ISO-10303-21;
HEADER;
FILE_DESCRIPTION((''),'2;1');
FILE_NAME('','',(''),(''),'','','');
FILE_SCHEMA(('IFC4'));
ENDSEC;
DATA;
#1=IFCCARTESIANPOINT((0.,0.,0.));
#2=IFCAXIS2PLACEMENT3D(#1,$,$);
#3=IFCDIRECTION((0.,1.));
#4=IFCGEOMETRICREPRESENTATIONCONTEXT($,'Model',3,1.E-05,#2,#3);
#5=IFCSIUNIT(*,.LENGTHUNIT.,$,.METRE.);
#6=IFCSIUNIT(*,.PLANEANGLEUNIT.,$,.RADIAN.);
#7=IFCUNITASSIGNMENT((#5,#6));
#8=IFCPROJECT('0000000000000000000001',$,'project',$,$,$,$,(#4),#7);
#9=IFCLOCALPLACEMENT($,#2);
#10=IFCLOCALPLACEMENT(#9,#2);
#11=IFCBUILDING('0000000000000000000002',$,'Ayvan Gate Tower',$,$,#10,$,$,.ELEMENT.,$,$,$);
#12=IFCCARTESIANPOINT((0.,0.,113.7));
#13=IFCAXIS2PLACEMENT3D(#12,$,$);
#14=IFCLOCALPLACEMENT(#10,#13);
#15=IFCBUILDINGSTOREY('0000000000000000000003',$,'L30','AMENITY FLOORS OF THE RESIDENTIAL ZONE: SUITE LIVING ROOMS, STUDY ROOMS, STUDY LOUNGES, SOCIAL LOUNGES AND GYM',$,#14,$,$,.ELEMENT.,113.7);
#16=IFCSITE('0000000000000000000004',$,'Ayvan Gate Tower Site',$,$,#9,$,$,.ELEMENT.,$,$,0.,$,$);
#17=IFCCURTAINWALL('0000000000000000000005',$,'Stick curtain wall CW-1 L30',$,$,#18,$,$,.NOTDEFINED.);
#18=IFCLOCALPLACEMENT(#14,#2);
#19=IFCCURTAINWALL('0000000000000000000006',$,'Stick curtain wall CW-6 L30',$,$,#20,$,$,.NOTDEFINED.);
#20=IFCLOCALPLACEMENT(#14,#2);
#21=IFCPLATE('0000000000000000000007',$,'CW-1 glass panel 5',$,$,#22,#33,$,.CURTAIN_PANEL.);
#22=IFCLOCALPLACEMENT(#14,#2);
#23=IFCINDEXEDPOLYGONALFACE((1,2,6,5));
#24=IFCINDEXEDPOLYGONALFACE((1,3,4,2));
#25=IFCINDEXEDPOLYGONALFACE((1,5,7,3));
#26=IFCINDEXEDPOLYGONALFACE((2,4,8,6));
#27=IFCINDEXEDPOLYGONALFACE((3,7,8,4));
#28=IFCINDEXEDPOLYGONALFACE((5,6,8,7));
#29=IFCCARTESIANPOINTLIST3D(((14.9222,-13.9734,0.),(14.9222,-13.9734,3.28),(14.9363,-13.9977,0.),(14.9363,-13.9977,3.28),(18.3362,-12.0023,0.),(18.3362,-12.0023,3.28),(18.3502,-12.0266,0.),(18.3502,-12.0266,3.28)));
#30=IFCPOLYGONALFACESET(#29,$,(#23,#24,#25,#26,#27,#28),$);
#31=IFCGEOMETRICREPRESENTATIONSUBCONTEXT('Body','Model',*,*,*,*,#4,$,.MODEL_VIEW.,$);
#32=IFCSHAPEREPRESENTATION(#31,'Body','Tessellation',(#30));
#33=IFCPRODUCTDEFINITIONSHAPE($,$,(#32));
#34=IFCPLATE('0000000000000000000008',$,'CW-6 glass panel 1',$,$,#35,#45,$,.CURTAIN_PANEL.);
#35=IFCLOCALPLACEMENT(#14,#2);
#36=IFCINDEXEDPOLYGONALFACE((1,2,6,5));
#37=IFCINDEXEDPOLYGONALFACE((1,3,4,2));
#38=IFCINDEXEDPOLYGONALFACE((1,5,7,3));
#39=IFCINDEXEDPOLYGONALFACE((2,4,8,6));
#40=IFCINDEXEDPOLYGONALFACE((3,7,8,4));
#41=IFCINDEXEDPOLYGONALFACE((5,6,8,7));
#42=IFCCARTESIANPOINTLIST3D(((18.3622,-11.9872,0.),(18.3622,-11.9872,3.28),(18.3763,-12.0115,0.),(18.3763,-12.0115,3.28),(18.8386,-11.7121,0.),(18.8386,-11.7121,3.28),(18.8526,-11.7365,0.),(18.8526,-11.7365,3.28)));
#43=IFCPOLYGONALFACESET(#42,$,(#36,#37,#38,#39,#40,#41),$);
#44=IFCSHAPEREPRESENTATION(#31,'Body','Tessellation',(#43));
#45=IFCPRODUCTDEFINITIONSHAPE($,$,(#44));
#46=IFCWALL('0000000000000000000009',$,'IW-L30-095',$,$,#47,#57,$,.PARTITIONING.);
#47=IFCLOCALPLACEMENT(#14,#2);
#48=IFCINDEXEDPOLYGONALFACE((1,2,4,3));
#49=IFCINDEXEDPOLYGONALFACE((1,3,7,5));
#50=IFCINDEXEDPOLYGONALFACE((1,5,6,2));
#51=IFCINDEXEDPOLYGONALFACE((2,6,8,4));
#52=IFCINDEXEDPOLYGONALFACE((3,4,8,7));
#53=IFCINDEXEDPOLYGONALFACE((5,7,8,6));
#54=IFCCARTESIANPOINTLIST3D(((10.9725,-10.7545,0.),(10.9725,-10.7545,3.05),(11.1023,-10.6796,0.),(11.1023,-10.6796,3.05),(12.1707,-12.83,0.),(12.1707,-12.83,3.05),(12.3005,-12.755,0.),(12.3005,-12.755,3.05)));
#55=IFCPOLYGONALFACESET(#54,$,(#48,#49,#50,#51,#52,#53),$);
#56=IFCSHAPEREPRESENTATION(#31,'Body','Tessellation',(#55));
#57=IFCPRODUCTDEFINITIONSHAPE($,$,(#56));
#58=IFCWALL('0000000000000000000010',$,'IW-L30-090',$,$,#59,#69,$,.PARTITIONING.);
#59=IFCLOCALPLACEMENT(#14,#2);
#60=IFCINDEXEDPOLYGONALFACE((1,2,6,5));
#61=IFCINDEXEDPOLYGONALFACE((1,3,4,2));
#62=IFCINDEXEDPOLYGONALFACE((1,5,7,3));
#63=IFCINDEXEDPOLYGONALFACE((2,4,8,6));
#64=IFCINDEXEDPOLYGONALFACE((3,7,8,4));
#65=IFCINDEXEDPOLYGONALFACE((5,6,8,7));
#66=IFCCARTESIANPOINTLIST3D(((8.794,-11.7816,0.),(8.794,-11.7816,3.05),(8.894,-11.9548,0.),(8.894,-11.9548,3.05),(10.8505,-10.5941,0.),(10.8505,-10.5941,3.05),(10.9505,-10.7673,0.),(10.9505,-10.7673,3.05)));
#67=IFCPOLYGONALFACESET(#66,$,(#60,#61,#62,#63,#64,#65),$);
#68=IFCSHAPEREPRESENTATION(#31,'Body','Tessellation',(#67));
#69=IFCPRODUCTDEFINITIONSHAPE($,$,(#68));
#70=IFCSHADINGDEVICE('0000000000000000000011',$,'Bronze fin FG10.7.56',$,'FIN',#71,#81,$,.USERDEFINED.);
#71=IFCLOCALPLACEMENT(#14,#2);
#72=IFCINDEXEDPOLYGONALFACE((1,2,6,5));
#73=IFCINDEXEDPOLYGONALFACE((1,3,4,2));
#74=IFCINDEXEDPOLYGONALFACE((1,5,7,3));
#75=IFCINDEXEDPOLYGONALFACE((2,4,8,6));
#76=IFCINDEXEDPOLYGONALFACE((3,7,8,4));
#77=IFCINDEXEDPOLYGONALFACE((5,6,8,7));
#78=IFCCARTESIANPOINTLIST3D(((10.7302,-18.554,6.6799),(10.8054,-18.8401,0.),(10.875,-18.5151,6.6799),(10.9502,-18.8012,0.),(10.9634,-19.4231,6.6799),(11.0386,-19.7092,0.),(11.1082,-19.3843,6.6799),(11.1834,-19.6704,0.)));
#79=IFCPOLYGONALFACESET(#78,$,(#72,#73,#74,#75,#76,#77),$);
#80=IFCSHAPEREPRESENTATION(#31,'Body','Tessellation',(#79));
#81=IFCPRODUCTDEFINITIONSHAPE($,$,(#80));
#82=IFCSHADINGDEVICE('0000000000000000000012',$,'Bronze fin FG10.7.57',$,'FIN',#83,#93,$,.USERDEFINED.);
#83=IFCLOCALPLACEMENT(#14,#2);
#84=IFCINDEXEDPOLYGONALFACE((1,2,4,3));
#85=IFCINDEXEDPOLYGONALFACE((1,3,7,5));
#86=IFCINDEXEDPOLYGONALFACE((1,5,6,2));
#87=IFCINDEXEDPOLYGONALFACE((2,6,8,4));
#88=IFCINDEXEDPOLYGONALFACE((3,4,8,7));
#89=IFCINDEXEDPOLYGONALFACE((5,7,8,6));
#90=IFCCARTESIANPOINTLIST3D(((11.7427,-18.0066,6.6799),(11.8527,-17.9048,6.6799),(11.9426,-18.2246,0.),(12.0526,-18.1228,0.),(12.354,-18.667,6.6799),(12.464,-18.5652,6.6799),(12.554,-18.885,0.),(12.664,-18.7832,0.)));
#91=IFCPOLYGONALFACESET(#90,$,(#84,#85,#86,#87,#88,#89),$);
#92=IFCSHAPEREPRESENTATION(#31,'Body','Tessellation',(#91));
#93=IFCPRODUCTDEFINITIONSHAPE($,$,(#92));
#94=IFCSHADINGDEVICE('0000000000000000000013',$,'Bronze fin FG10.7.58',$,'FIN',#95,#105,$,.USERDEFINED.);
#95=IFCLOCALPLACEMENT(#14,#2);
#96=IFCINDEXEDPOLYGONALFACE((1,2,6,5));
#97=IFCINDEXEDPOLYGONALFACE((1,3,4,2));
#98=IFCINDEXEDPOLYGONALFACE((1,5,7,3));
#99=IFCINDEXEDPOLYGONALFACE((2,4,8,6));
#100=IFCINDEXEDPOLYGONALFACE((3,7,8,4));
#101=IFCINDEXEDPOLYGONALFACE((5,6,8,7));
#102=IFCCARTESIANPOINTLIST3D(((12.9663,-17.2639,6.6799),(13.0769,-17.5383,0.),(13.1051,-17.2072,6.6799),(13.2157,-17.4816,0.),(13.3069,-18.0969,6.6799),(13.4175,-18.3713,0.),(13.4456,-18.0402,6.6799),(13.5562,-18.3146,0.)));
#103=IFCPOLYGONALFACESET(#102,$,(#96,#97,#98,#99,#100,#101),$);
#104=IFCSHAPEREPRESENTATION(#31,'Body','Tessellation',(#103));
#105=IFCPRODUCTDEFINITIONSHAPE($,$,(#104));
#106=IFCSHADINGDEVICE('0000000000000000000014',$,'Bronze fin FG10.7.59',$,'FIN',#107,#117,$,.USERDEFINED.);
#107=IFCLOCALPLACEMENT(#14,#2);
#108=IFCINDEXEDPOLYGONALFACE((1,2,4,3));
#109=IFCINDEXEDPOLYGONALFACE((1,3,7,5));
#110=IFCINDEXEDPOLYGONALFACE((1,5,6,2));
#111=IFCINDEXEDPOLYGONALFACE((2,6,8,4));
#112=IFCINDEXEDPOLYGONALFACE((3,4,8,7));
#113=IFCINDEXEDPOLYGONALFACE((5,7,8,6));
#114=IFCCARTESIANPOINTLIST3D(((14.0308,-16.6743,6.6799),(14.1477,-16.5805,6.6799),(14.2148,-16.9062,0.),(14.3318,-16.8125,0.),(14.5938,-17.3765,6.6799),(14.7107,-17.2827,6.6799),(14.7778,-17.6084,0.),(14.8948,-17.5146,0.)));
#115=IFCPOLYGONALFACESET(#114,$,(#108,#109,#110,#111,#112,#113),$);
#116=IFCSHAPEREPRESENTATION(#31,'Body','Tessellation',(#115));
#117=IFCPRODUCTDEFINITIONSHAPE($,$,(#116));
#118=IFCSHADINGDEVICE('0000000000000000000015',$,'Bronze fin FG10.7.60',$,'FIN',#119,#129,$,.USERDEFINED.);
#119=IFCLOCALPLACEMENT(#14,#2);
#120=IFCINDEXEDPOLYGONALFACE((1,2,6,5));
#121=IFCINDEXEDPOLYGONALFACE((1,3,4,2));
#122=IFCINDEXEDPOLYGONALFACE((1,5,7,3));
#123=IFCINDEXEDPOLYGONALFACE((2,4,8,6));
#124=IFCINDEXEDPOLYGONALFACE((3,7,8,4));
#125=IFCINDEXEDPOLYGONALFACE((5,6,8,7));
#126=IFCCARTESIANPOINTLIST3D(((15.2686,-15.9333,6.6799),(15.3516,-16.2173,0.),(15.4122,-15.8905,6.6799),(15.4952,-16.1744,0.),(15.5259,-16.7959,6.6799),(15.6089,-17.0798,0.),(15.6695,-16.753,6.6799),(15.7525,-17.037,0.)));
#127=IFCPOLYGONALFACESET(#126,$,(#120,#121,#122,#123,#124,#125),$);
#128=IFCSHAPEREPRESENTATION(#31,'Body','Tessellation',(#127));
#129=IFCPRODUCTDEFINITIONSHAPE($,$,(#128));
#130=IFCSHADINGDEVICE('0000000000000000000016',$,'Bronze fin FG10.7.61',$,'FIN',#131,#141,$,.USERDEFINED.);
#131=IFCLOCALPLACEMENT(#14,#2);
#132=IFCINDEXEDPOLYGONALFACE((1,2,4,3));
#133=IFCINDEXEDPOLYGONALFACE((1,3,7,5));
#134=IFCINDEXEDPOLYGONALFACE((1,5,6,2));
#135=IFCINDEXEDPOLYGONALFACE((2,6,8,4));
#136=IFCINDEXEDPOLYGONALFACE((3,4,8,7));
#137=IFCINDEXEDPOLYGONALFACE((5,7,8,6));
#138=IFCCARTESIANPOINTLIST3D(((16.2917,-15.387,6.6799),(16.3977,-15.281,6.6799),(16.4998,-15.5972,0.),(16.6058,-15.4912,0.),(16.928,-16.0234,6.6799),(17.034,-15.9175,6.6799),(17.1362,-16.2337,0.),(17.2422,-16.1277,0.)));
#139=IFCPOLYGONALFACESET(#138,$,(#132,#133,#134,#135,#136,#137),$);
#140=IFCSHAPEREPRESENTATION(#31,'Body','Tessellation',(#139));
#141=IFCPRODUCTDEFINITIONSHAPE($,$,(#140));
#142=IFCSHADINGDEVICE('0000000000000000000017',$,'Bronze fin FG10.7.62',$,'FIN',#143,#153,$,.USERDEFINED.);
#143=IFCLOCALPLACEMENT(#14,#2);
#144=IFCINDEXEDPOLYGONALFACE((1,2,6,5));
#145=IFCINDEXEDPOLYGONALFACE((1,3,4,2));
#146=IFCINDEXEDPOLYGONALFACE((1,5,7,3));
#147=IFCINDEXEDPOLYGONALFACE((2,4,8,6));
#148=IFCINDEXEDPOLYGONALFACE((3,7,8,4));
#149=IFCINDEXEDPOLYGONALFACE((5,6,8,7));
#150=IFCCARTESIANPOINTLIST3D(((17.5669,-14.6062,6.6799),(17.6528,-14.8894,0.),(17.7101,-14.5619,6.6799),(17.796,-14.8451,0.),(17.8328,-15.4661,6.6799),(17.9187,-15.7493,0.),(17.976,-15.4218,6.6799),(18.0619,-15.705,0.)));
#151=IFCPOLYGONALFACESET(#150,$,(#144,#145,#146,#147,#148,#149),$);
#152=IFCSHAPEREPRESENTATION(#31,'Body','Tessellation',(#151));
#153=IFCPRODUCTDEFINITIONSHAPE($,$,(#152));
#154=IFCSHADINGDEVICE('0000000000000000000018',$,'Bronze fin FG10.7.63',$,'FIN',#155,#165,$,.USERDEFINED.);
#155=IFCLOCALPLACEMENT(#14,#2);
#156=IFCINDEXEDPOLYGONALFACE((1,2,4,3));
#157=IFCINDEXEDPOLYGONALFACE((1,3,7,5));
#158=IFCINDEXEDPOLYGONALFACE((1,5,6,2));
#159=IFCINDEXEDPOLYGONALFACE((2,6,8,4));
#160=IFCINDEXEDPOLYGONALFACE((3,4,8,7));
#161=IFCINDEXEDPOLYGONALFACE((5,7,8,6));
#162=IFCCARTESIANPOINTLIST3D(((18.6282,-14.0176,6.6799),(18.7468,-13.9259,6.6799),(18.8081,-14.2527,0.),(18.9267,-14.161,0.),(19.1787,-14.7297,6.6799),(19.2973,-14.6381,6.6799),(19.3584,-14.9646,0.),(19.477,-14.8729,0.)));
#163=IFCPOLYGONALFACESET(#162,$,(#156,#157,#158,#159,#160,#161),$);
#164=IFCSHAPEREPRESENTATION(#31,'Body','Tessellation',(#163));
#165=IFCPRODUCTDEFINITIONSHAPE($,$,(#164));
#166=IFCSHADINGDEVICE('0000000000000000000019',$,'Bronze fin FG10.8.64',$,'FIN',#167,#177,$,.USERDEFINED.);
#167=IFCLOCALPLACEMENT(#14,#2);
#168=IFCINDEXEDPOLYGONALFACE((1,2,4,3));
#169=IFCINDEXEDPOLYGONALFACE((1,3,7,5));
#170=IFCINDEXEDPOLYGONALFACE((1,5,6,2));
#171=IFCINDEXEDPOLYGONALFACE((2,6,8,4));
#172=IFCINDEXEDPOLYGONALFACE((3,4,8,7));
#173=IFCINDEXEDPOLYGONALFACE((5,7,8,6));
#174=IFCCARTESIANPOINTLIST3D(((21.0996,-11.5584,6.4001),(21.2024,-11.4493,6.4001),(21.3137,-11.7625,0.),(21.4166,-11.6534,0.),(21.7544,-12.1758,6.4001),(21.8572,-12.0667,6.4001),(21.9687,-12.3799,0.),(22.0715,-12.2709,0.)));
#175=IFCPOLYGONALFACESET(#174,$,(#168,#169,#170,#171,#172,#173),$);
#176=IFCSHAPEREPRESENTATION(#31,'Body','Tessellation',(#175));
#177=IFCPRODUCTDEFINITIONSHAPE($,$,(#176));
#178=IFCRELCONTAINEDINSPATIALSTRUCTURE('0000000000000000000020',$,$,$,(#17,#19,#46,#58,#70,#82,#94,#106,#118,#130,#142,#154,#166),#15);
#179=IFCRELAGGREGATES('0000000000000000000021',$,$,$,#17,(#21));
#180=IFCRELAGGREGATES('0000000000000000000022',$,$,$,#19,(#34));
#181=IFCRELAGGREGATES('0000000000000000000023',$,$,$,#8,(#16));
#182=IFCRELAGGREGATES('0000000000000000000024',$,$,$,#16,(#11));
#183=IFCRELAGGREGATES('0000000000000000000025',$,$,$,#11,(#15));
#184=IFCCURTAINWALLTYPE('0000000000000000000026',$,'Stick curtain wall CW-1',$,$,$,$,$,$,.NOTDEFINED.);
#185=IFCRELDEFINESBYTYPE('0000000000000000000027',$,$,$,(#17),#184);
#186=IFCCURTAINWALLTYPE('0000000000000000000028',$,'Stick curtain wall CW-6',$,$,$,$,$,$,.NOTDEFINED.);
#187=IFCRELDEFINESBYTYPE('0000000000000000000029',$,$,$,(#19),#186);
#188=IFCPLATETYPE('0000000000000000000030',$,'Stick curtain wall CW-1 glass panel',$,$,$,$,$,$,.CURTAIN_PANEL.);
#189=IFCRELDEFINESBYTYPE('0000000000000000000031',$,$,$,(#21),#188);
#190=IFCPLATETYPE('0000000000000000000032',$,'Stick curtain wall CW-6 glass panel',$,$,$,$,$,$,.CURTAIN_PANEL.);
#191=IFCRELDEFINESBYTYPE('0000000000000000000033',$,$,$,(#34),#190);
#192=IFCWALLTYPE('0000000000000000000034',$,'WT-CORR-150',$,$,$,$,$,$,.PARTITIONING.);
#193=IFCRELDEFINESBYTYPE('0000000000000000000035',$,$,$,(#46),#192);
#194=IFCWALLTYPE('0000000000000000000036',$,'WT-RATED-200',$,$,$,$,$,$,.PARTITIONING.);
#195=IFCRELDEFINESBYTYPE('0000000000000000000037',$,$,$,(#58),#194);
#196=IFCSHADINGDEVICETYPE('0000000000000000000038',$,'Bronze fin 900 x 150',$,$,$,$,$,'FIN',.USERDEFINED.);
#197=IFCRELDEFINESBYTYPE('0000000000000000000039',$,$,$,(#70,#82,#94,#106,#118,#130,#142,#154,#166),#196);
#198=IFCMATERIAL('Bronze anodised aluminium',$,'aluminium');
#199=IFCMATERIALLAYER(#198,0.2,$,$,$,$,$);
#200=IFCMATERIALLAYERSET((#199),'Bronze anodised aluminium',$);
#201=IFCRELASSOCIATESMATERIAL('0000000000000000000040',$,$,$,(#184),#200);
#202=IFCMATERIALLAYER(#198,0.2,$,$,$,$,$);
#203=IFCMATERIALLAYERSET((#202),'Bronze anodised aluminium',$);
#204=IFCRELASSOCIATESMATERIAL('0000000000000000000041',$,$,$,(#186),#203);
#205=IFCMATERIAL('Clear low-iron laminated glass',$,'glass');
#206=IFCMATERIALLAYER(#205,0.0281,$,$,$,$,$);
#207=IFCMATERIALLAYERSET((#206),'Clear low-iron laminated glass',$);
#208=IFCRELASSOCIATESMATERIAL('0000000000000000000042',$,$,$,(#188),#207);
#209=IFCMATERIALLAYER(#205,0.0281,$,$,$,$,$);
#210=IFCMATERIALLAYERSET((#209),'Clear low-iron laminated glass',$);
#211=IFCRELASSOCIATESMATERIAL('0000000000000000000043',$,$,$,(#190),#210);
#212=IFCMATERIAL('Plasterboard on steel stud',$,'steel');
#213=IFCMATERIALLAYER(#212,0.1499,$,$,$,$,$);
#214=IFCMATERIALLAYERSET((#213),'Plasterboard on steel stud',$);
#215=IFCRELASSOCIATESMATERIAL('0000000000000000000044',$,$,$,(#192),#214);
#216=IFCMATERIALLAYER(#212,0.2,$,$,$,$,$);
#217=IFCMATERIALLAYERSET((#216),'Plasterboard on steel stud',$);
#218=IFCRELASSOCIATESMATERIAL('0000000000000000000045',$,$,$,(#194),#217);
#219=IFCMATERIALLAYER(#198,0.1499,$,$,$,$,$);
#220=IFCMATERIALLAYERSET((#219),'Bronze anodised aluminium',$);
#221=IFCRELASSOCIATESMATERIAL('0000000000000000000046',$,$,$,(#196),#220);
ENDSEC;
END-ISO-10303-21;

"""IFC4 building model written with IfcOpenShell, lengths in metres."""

from ifc_helpers import new_model, si_unit, direction, frame, frame_2d, origin, origin_2d, place, context, subcontext, project, spatial, polyline, rectangle, outline, extrude, material, layer, layer_set, type_object, element, aggregate, save


model = new_model("IFC4")

# Units and contexts
model_context = context("Model", 3, precision=1e-05, world=origin(), true_north=direction((0.0, 1.0)))
body_context = subcontext(model_context, "Body", "Model", "MODEL_VIEW")
ifc_project = project(units=[si_unit("LENGTHUNIT", "METRE"), si_unit("PLANEANGLEUNIT", "RADIAN")], contexts=[model_context])

# Site, building, storey
site_placement = place(None, origin())
site = spatial("IfcSite", under=ifc_project, at=site_placement, Name="Ayvan Gate Tower Site", CompositionType="ELEMENT", RefElevation=0.0)
building_placement = place(site_placement, origin())
building = spatial("IfcBuilding", under=site, at=building_placement, Name="Ayvan Gate Tower", CompositionType="ELEMENT")
storey_placement = place(building_placement, frame((0.0, 0.0, 113.7)))
storey = spatial("IfcBuildingStorey", under=building, at=storey_placement, Name="L30", Description="AMENITY FLOORS OF THE RESIDENTIAL ZONE: SUITE LIVING ROOMS, STUDY ROOMS, STUDY LOUNGES, SOCIAL LOUNGES AND GYM", CompositionType="ELEMENT", Elevation=113.7)

# Curtain walls
ifc_material_1 = material(Name="Bronze anodised aluminium", Category="aluminium")
ifc_layer_1 = layer(ifc_material_1, 0.2)
ifc_layer_set_1 = layer_set([ifc_layer_1], Name="Bronze anodised aluminium")
curtain_wall_type_1 = type_object("IfcCurtainWallType", Name="Stick curtain wall CW-1", PredefinedType="NOTDEFINED", material=ifc_layer_set_1)
curtain_wall_1_placement = place(storey_placement, origin())
curtain_wall_1 = element("IfcCurtainWall", 1, at=curtain_wall_1_placement, inside=storey, type_object=curtain_wall_type_1, Name="Stick curtain wall CW-1 L30", PredefinedType="NOTDEFINED")
ifc_layer_2 = layer(ifc_material_1, 0.2)
ifc_layer_set_2 = layer_set([ifc_layer_2], Name="Bronze anodised aluminium")
curtain_wall_type_2 = type_object("IfcCurtainWallType", Name="Stick curtain wall CW-6", PredefinedType="NOTDEFINED", material=ifc_layer_set_2)
curtain_wall_2_placement = place(storey_placement, origin())
curtain_wall_2 = element("IfcCurtainWall", 2, at=curtain_wall_2_placement, inside=storey, type_object=curtain_wall_type_2, Name="Stick curtain wall CW-6 L30", PredefinedType="NOTDEFINED")

# Plates
ifc_material_2 = material(Name="Clear low-iron laminated glass", Category="glass")
ifc_layer_3 = layer(ifc_material_2, 0.0281)
ifc_layer_set_3 = layer_set([ifc_layer_3], Name="Clear low-iron laminated glass")
plate_type_1 = type_object("IfcPlateType", Name="Stick curtain wall CW-1 glass panel", PredefinedType="CURTAIN_PANEL", material=ifc_layer_set_3)
plate_1_placement = place(storey_placement, frame((16.6362, -13.0, 0.0), z_axis=(0.0, 0.0, 1.0), x_axis=(0.866025, 0.5, 0.0)))
plate_1 = element("IfcPlate", 3, at=plate_1_placement, type_object=plate_type_1, Name="CW-1 glass panel 5", PredefinedType="CURTAIN_PANEL", context=body_context, shape_type="SweptSolid", body=[
    extrude(rectangle(XDim=3.9421, YDim=0.0281, at=origin_2d()), origin(), (0.0, 0.0, 1.0), 3.28),
])
aggregate(curtain_wall_1, [plate_1])
ifc_layer_4 = layer(ifc_material_2, 0.0281)
ifc_layer_set_4 = layer_set([ifc_layer_4], Name="Clear low-iron laminated glass")
plate_type_2 = type_object("IfcPlateType", Name="Stick curtain wall CW-6 glass panel", PredefinedType="CURTAIN_PANEL", material=ifc_layer_set_4)
plate_2_placement = place(storey_placement, frame((18.6074, -11.8618, 0.0), z_axis=(0.0, 0.0, 1.0), x_axis=(0.866025, 0.5, 0.0)))
plate_2 = element("IfcPlate", 4, at=plate_2_placement, type_object=plate_type_2, Name="CW-6 glass panel 1", PredefinedType="CURTAIN_PANEL", context=body_context, shape_type="SweptSolid", body=[
    extrude(rectangle(XDim=0.55, YDim=0.0281, at=origin_2d()), origin(), (0.0, 0.0, 1.0), 3.28),
])
aggregate(curtain_wall_2, [plate_2])

# Walls
ifc_material_3 = material(Name="Plasterboard on steel stud", Category="steel")
ifc_layer_5 = layer(ifc_material_3, 0.1499)
ifc_layer_set_5 = layer_set([ifc_layer_5], Name="Plasterboard on steel stud")
wall_type_1 = type_object("IfcWallType", Name="WT-CORR-150", PredefinedType="PARTITIONING", material=ifc_layer_set_5)
wall_1_placement = place(storey_placement, frame((12.2356, -12.7925, 0.0), z_axis=(0.0, 0.0, 1.0), x_axis=(-0.499996, 0.866028, 0.0)))
element("IfcWall", 5, at=wall_1_placement, inside=storey, type_object=wall_type_1, Name="IW-L30-095", PredefinedType="PARTITIONING", context=body_context, shape_type="SweptSolid", body=[
    extrude(rectangle(XDim=2.3965, YDim=0.1499, at=frame_2d((1.1982, 0.0))), origin(), (0.0, 0.0, 1.0), 3.05),
])
ifc_layer_6 = layer(ifc_material_3, 0.2)
ifc_layer_set_6 = layer_set([ifc_layer_6], Name="Plasterboard on steel stud")
wall_type_2 = type_object("IfcWallType", Name="WT-RATED-200", PredefinedType="PARTITIONING", material=ifc_layer_set_6)
wall_2_placement = place(storey_placement, frame((10.9006, -10.6807, 0.0), z_axis=(0.0, 0.0, 1.0), x_axis=(-0.866008, -0.500031, 0.0)))
element("IfcWall", 6, at=wall_2_placement, inside=storey, type_object=wall_type_2, Name="IW-L30-090", PredefinedType="PARTITIONING", context=body_context, shape_type="SweptSolid", body=[
    extrude(rectangle(XDim=2.3748, YDim=0.2, at=frame_2d((1.1875, 0.0))), origin(), (0.0, 0.0, 1.0), 3.05),
])

# Shading devices
ifc_layer_7 = layer(ifc_material_1, 0.1499)
ifc_layer_set_7 = layer_set([ifc_layer_7], Name="Bronze anodised aluminium")
shading_device_type = type_object("IfcShadingDeviceType", Name="Bronze fin 900 x 150", ElementType="FIN", PredefinedType="USERDEFINED", material=ifc_layer_set_7)
shading_device_1_placement = place(storey_placement, frame((10.8054, -18.8401, 0.0), z_axis=(-0.965851, -0.259098, 0.000226), x_axis=(0.259098, -0.965851, 0.0)))
element("IfcShadingDevice", 7, at=shading_device_1_placement, inside=storey, type_object=shading_device_type, Name="Bronze fin FG10.7.56", ObjectType="FIN", PredefinedType="USERDEFINED", context=body_context, shape_type="SweptSolid", body=[
    extrude(outline(polyline([(0.0, 0.0), (0.8999, 0.0), (0.604, 6.6799), (-0.2958, 6.6799), (0.0, 0.0)])), origin(), (0.0, 0.0, -1.0), 0.1499),
])
shading_device_2_placement = place(storey_placement, frame((11.9426, -18.2246, 0.0), z_axis=(-0.733846, -0.679316, 0.000205), x_axis=(0.679316, -0.733846, 0.0)))
element("IfcShadingDevice", 8, at=shading_device_2_placement, inside=storey, type_object=shading_device_type, Name="Bronze fin FG10.7.57", ObjectType="FIN", PredefinedType="USERDEFINED", context=body_context, shape_type="SweptSolid", body=[
    extrude(outline(polyline([(0.0, 0.0), (0.8999, 0.0), (0.6041, 6.6799), (-0.2958, 6.6799), (0.0, 0.0)])), origin(), (0.0, 0.0, -1.0), 0.1499),
])
shading_device_3_placement = place(storey_placement, frame((13.0769, -17.5383, 0.0), z_axis=(-0.925625, -0.378443, 0.000222), x_axis=(0.378443, -0.925625, 0.0)))
element("IfcShadingDevice", 9, at=shading_device_3_placement, inside=storey, type_object=shading_device_type, Name="Bronze fin FG10.7.58", ObjectType="FIN", PredefinedType="USERDEFINED", context=body_context, shape_type="SweptSolid", body=[
    extrude(outline(polyline([(0.0, 0.0), (0.8999, 0.0), (0.6041, 6.6799), (-0.2959, 6.6799), (0.0, 0.0)])), origin(), (0.0, 0.0, -1.0), 0.1499),
])
shading_device_4_placement = place(storey_placement, frame((14.2148, -16.9062, 0.0), z_axis=(-0.78018, -0.625555, 0.00022), x_axis=(0.625555, -0.78018, 0.0)))
element("IfcShadingDevice", 10, at=shading_device_4_placement, inside=storey, type_object=shading_device_type, Name="Bronze fin FG10.7.59", ObjectType="FIN", PredefinedType="USERDEFINED", context=body_context, shape_type="SweptSolid", body=[
    extrude(outline(polyline([(0.0, 0.0), (0.9, 0.0), (0.6039, 6.6799), (-0.2961, 6.6799), (0.0, 0.0)])), origin(), (0.0, 0.0, -1.0), 0.1499),
])
shading_device_5_placement = place(storey_placement, frame((15.3516, -16.2173, 0.0), z_axis=(-0.958266, -0.285879, 0.000244), x_axis=(0.285879, -0.958266, 0.0)))
element("IfcShadingDevice", 11, at=shading_device_5_placement, inside=storey, type_object=shading_device_type, Name="Bronze fin FG10.7.60", ObjectType="FIN", PredefinedType="USERDEFINED", context=body_context, shape_type="SweptSolid", body=[
    extrude(outline(polyline([(0.0, 0.0), (0.9001, 0.0), (0.6043, 6.6799), (-0.2958, 6.6799), (0.0, 0.0)])), origin(), (0.0, 0.0, -1.0), 0.1499),
])
shading_device_6_placement = place(storey_placement, frame((16.4998, -15.5972, 0.0), z_axis=(-0.707175, -0.707039, 0.000215), x_axis=(0.707039, -0.707175, 0.0)))
element("IfcShadingDevice", 12, at=shading_device_6_placement, inside=storey, type_object=shading_device_type, Name="Bronze fin FG10.7.61", ObjectType="FIN", PredefinedType="USERDEFINED", context=body_context, shape_type="SweptSolid", body=[
    extrude(outline(polyline([(0.0, 0.0), (0.9001, 0.0), (0.6042, 6.6799), (-0.2957, 6.6799), (0.0, 0.0)])), origin(), (0.0, 0.0, -1.0), 0.1499),
])
shading_device_7_placement = place(storey_placement, frame((17.6528, -14.8894, 0.0), z_axis=(-0.955373, -0.295401, 0.000233), x_axis=(0.295401, -0.955373, 0.0)))
element("IfcShadingDevice", 13, at=shading_device_7_placement, inside=storey, type_object=shading_device_type, Name="Bronze fin FG10.7.62", ObjectType="FIN", PredefinedType="USERDEFINED", context=body_context, shape_type="SweptSolid", body=[
    extrude(outline(polyline([(0.0, 0.0), (0.9, 0.0), (0.6041, 6.6799), (-0.296, 6.6799), (0.0, 0.0)])), origin(), (0.0, 0.0, -1.0), 0.1499),
])
shading_device_8_placement = place(storey_placement, frame((18.8081, -14.2527, 0.0), z_axis=(-0.791175, -0.61159, 0.000218), x_axis=(0.61159, -0.791175, 0.0)))
element("IfcShadingDevice", 14, at=shading_device_8_placement, inside=storey, type_object=shading_device_type, Name="Bronze fin FG10.7.63", ObjectType="FIN", PredefinedType="USERDEFINED", context=body_context, shape_type="SweptSolid", body=[
    extrude(outline(polyline([(0.0, 0.0), (0.8998, 0.0), (0.6041, 6.6799), (-0.2961, 6.6799), (0.0, 0.0)])), origin(), (0.0, 0.0, -1.0), 0.1499),
])
shading_device_9_placement = place(storey_placement, frame((21.3137, -11.7625, 0.0), z_axis=(-0.685982, -0.727618, 0.000242), x_axis=(0.727618, -0.685982, 0.0)))
element("IfcShadingDevice", 15, at=shading_device_9_placement, inside=storey, type_object=shading_device_type, Name="Bronze fin FG10.8.64", ObjectType="FIN", PredefinedType="USERDEFINED", context=body_context, shape_type="SweptSolid", body=[
    extrude(outline(polyline([(0.0, 0.0), (0.9002, 0.0), (0.6042, 6.4001), (-0.2958, 6.4001), (0.0, 0.0)])), origin(), (0.0, 0.0, -1.0), 0.1499),
])

save(model, "model.ifc")
